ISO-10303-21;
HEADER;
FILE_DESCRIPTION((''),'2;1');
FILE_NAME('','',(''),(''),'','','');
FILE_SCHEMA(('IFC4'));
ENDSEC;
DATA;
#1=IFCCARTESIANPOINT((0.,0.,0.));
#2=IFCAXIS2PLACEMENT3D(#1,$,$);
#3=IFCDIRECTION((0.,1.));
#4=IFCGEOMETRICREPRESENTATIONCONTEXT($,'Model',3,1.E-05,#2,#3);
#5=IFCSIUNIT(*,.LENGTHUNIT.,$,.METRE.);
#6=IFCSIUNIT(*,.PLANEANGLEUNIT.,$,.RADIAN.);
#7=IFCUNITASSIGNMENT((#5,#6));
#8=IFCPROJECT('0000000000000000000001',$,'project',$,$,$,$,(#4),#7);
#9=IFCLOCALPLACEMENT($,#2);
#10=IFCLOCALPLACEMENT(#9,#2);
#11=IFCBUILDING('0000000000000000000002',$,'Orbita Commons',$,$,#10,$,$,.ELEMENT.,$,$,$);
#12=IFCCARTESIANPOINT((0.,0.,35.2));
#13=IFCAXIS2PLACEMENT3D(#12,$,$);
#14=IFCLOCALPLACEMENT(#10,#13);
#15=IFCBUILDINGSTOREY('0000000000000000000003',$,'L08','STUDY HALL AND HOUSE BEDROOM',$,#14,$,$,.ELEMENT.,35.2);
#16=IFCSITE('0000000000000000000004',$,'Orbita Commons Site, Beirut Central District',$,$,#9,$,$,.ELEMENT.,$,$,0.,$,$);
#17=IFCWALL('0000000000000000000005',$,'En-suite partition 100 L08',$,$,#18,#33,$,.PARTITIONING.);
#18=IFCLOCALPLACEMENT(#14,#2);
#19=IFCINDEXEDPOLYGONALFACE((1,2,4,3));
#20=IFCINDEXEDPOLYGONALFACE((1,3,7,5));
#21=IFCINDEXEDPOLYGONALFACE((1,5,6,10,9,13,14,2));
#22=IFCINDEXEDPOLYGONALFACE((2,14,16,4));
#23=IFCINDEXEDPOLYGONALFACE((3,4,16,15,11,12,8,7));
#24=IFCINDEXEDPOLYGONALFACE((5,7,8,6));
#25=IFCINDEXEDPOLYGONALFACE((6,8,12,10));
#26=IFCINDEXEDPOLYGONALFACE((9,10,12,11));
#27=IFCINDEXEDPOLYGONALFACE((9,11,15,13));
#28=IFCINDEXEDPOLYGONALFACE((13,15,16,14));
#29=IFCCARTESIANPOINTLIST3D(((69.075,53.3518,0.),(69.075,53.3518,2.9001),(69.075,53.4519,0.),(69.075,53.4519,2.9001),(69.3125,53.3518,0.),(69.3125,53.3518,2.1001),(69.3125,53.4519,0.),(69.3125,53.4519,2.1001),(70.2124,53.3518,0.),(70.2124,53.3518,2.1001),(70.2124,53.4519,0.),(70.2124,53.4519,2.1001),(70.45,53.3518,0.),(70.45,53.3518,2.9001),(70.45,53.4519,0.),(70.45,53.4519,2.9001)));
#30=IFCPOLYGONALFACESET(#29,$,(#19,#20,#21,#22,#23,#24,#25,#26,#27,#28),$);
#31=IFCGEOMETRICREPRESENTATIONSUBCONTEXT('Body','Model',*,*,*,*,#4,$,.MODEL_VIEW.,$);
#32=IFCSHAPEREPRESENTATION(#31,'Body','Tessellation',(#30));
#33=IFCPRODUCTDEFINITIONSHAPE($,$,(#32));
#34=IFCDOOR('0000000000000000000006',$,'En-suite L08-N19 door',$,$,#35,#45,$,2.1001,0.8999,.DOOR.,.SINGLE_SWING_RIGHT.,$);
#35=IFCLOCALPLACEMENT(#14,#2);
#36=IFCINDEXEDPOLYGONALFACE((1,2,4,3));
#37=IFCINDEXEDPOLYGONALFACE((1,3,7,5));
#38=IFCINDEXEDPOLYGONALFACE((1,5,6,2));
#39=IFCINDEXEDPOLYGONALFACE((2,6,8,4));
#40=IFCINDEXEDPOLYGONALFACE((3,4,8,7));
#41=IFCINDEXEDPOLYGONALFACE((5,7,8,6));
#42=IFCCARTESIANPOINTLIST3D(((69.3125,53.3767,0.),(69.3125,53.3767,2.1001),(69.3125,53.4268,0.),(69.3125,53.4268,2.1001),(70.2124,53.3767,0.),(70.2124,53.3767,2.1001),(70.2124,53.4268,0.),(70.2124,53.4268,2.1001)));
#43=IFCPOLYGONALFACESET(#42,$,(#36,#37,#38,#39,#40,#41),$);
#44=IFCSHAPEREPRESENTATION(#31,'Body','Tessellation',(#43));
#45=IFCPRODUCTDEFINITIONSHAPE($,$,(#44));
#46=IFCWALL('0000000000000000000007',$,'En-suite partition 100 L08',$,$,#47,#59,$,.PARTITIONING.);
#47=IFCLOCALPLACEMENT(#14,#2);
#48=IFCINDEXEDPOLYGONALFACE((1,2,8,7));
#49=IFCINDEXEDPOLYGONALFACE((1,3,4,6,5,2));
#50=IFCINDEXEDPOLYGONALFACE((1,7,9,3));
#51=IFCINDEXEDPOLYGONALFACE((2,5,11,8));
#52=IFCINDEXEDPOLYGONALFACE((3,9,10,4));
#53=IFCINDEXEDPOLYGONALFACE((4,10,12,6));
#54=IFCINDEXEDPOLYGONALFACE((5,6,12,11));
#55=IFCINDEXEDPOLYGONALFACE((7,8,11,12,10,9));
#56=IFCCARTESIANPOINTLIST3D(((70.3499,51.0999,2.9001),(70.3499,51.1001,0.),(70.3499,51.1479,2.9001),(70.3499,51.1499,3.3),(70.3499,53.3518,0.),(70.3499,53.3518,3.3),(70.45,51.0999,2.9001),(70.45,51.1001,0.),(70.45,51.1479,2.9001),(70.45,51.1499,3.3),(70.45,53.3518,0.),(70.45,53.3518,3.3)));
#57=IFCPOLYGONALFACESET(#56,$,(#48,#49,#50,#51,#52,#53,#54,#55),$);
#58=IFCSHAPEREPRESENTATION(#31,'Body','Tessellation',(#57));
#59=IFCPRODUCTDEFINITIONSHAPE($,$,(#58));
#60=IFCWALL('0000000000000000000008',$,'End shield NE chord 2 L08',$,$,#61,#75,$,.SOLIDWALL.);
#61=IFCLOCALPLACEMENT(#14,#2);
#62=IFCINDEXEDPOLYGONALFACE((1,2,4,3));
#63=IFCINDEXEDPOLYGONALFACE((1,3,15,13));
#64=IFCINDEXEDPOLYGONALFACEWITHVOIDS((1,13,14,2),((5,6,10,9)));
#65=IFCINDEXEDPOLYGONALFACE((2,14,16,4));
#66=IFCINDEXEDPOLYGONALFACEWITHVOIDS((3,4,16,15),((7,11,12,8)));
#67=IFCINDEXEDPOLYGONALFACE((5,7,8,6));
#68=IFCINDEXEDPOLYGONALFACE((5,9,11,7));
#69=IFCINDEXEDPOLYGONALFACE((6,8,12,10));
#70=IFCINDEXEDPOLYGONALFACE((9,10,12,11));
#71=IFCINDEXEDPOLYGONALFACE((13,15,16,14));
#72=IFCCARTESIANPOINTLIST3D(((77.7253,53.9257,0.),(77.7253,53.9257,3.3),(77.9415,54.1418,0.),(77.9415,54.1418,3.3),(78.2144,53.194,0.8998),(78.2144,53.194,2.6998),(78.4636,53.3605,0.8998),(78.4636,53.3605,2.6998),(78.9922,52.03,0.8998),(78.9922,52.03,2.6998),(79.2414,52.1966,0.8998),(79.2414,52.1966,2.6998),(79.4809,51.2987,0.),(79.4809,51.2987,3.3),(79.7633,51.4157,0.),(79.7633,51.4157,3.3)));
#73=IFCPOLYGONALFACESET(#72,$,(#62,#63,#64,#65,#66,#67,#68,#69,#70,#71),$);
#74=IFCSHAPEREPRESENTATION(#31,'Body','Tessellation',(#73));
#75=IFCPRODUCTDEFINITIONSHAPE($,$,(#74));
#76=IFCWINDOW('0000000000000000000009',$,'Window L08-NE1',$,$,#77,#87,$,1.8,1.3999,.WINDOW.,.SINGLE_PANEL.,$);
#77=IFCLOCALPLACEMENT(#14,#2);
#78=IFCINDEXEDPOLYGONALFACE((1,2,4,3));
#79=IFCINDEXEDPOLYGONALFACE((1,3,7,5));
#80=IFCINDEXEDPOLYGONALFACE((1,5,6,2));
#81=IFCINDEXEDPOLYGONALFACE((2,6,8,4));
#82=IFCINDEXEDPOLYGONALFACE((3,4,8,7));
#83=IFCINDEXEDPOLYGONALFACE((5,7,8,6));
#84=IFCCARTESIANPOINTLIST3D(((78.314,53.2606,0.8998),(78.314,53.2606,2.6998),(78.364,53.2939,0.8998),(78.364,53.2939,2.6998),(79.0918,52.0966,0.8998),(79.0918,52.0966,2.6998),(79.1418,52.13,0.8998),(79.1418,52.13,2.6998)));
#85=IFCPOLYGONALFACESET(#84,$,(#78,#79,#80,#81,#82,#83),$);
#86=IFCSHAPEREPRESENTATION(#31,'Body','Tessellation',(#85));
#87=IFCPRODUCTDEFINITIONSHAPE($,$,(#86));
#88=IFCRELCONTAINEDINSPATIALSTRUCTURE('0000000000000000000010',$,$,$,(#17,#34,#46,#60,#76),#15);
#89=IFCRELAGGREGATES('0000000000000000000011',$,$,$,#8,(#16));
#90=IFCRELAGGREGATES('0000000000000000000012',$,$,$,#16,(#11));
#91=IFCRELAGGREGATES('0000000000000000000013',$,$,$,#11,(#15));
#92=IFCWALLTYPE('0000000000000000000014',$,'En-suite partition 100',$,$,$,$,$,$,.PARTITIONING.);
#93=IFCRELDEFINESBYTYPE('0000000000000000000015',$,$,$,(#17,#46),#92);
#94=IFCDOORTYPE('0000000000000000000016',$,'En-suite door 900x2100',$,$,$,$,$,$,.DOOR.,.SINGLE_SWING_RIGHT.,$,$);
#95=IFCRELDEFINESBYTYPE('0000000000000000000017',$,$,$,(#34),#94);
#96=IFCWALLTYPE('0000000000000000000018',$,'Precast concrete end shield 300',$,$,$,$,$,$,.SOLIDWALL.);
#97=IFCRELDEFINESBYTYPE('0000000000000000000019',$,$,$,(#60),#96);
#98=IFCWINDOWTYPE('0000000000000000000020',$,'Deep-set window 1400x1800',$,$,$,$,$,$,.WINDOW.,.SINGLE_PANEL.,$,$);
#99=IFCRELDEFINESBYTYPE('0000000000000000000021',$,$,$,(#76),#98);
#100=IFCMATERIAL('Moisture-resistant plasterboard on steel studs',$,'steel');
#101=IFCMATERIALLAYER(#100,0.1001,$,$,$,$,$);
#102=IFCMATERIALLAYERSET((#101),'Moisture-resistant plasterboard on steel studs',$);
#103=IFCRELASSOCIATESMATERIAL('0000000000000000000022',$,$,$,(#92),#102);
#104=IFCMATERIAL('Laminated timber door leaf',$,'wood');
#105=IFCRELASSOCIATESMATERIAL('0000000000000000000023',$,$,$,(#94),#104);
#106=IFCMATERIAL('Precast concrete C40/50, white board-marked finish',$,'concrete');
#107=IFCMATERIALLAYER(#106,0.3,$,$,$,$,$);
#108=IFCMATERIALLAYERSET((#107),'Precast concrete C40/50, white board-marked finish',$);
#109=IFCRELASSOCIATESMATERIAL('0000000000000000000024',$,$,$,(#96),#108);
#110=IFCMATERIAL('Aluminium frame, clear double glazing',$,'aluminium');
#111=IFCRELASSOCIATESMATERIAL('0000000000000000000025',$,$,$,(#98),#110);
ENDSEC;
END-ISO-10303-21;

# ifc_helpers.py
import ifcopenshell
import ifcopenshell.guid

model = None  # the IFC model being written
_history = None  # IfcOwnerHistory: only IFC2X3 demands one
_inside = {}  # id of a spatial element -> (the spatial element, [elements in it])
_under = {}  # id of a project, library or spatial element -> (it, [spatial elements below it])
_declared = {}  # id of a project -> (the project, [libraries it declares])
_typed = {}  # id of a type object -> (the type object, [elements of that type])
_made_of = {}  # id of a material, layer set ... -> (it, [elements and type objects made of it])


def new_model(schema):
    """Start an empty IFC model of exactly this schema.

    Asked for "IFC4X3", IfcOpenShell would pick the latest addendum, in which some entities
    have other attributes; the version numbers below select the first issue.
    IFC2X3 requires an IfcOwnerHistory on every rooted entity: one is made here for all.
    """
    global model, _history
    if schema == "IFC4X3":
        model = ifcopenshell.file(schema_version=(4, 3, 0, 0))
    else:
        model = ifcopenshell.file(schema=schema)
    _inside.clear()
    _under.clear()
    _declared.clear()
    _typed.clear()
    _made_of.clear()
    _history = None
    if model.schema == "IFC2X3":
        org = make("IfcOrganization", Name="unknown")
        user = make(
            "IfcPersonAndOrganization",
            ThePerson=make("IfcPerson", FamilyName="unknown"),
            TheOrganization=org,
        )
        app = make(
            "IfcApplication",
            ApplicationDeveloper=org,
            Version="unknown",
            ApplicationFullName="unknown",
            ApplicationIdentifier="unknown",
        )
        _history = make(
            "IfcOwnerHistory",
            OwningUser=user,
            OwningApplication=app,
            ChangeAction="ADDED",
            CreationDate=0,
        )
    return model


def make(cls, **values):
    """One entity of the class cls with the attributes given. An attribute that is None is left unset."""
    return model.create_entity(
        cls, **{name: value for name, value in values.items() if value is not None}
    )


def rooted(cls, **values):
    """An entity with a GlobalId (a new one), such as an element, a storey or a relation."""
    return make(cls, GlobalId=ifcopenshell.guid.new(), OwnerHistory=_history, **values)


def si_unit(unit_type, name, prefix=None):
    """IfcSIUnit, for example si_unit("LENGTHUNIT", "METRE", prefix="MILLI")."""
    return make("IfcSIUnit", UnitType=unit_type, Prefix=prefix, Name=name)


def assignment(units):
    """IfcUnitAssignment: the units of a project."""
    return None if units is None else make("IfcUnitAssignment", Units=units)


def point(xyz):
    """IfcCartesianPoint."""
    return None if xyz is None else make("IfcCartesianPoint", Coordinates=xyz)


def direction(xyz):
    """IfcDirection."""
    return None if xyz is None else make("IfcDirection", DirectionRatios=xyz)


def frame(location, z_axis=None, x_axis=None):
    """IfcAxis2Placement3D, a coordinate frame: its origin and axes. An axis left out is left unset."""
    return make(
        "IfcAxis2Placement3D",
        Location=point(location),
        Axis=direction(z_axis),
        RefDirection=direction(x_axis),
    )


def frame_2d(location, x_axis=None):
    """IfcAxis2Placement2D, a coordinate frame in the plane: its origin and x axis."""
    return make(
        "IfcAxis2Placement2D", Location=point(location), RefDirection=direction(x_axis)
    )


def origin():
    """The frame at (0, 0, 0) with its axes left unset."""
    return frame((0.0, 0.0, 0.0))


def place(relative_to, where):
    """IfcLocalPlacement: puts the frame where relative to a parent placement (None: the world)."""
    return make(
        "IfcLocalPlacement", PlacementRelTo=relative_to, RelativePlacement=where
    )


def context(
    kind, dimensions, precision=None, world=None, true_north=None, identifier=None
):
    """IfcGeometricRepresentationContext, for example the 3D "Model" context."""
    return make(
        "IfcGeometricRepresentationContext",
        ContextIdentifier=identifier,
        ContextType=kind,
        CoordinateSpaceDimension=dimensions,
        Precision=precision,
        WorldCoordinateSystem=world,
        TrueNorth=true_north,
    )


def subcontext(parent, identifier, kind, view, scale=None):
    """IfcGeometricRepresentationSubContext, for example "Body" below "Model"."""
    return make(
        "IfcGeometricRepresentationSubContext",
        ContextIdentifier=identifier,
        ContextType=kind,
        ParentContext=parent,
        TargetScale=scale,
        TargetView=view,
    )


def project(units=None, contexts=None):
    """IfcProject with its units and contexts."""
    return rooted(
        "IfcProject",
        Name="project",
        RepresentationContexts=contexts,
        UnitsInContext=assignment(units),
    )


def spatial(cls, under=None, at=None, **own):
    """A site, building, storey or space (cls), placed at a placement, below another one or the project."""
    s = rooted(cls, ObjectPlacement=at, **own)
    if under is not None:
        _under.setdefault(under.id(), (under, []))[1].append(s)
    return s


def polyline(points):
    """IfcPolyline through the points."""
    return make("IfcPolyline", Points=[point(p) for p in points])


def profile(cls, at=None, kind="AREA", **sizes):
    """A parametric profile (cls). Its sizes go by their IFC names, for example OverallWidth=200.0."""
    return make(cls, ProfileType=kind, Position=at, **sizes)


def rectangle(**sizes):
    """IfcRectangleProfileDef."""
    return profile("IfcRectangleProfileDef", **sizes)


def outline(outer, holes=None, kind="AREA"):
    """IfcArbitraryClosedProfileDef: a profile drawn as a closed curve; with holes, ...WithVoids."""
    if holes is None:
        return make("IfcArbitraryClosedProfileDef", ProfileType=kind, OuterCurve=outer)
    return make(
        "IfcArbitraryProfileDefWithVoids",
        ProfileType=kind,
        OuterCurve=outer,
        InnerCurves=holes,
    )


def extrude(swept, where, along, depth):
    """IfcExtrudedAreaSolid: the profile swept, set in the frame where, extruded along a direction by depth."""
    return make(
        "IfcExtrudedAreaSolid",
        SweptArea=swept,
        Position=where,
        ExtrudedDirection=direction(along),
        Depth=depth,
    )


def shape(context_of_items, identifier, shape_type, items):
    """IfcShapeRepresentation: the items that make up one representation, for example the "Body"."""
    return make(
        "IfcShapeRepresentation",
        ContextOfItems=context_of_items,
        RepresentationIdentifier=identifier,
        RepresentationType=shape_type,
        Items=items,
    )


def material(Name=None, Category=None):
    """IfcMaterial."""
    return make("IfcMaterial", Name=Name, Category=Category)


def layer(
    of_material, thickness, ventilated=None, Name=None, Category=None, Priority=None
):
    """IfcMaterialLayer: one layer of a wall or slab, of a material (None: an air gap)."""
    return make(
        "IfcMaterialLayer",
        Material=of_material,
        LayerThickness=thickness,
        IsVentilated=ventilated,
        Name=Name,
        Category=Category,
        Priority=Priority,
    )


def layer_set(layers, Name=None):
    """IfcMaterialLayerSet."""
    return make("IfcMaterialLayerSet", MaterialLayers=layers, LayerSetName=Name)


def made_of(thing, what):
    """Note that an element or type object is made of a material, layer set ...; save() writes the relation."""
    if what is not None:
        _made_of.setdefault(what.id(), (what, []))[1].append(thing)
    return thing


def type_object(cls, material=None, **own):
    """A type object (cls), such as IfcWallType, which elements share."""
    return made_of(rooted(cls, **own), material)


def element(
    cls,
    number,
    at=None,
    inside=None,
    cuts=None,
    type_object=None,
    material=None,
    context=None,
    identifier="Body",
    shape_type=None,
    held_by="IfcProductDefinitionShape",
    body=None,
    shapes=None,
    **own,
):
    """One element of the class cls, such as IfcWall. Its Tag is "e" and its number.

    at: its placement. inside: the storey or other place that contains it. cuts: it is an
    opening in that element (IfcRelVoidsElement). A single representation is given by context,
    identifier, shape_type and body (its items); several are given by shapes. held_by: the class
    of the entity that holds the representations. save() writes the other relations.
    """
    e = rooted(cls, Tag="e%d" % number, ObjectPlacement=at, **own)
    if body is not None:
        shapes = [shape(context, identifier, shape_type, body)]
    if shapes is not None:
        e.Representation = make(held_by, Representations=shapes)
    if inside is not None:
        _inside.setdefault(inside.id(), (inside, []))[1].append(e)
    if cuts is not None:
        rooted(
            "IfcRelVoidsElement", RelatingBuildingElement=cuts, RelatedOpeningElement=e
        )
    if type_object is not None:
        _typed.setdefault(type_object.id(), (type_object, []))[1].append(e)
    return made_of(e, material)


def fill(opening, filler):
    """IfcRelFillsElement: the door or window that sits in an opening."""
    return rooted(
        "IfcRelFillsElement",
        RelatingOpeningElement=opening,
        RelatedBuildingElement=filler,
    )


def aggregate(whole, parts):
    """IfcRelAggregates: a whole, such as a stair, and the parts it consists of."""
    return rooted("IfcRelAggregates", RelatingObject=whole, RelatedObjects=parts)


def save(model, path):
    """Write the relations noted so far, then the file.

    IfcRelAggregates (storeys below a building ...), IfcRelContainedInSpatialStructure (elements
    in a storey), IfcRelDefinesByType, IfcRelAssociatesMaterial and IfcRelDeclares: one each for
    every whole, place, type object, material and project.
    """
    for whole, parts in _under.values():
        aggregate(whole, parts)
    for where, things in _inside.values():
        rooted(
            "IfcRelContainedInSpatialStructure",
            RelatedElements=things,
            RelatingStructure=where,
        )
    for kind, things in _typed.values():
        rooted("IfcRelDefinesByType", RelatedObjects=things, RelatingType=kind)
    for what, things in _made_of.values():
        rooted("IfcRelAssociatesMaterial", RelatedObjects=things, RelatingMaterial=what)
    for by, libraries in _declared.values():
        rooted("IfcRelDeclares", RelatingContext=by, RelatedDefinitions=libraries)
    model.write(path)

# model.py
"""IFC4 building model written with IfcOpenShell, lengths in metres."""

from ifc_helpers import new_model, si_unit, direction, frame, frame_2d, origin, place, context, subcontext, project, spatial, polyline, rectangle, outline, extrude, material, layer, layer_set, type_object, element, fill, save


model = new_model("IFC4")

# Units and contexts
model_context = context("Model", 3, precision=1e-05, world=origin(), true_north=direction((0.0, 1.0)))
body_context = subcontext(model_context, "Body", "Model", "MODEL_VIEW")
ifc_project = project(units=[si_unit("LENGTHUNIT", "METRE"), si_unit("PLANEANGLEUNIT", "RADIAN")], contexts=[model_context])

# Site, building, storey
site_placement = place(None, origin())
site = spatial("IfcSite", under=ifc_project, at=site_placement, Name="Orbita Commons Site, Beirut Central District", CompositionType="ELEMENT", RefElevation=0.0)
building_placement = place(site_placement, origin())
building = spatial("IfcBuilding", under=site, at=building_placement, Name="Orbita Commons", CompositionType="ELEMENT")
storey_placement = place(building_placement, frame((0.0, 0.0, 35.2)))
storey = spatial("IfcBuildingStorey", under=building, at=storey_placement, Name="L08", Description="STUDY HALL AND HOUSE BEDROOM", CompositionType="ELEMENT", Elevation=35.2)

# Shared definitions
ifc_material_1 = material(Name="Moisture-resistant plasterboard on steel studs", Category="steel")
ifc_layer_1 = layer(ifc_material_1, 0.1001)
ifc_layer_set_1 = layer_set([ifc_layer_1], Name="Moisture-resistant plasterboard on steel studs")
wall_type_1 = type_object("IfcWallType", Name="En-suite partition 100", PredefinedType="PARTITIONING", material=ifc_layer_set_1)
ifc_material_2 = material(Name="Laminated timber door leaf", Category="wood")
door_type_1 = type_object("IfcDoorType", Name="En-suite door 900x2100", OperationType="SINGLE_SWING_RIGHT", PredefinedType="DOOR", material=ifc_material_2)

# Wall, opening, door
wall_1_placement = place(storey_placement, frame((69.075, 53.4019, 0.0), z_axis=(0.0, 0.0, 1.0), x_axis=(1.0, 0.0, 0.0)))
wall_1 = element("IfcWall", 1, at=wall_1_placement, inside=storey, type_object=wall_type_1, Name="En-suite partition 100 L08", PredefinedType="PARTITIONING", context=body_context, shape_type="SweptSolid", body=[
    extrude(outline(polyline([(0.0, 0.0), (1.375, 0.0), (1.375, 2.9001), (0.0, 2.9001), (0.0, 0.0)])), frame((0.0, 0.05, 0.0), z_axis=(0.0, -1.0, 0.0), x_axis=(1.0, 0.0, 0.0)), (0.0, 0.0, 1.0), 0.1001),
])
opening_1_placement = place(wall_1_placement, frame((0.2375, 0.0, 0.0)))
opening_1 = element("IfcOpeningElement", 2, at=opening_1_placement, cuts=wall_1, PredefinedType="OPENING", context=body_context, shape_type="SweptSolid", body=[
    extrude(rectangle(XDim=0.8999, YDim=2.1001, at=frame_2d((0.45, 1.05))), frame((0.0, 0.0601, 0.0), z_axis=(0.0, -1.0, 0.0), x_axis=(1.0, 0.0, 0.0)), (0.0, 0.0, 1.0), 0.1201),
])
door_1_placement = place(opening_1_placement, origin())
door_1 = element("IfcDoor", 3, at=door_1_placement, inside=storey, type_object=door_type_1, Name="En-suite L08-N19 door", OperationType="SINGLE_SWING_RIGHT", OverallHeight=2.1001, OverallWidth=0.8999, PredefinedType="DOOR", context=body_context, shape_type="SweptSolid", body=[
    extrude(rectangle(XDim=0.8999, YDim=2.1001, at=frame_2d((0.45, 1.05))), frame((0.0, 0.0249, 0.0), z_axis=(0.0, -1.0, 0.0), x_axis=(1.0, 0.0, 0.0)), (0.0, 0.0, 1.0), 0.05),
])
fill(opening_1, door_1)

# Wall
wall_2_placement = place(storey_placement, frame((70.3999, 53.3518, 0.0), z_axis=(0.0, 0.0, 1.0), x_axis=(0.0, -1.0, 0.0)))
element("IfcWall", 4, at=wall_2_placement, inside=storey, type_object=wall_type_1, Name="En-suite partition 100 L08", PredefinedType="PARTITIONING", context=body_context, shape_type="SweptSolid", body=[
    extrude(outline(polyline([(0.0, 0.0), (2.2517, 0.0), (2.252, 2.9001), (2.2039, 2.9001), (2.2019, 3.3), (0.0, 3.3), (0.0, 0.0)])), frame((0.0, 0.05, 0.0), z_axis=(0.0, -1.0, 0.0), x_axis=(1.0, 0.0, 0.0)), (0.0, 0.0, 1.0), 0.1001),
])

# Wall, opening, window
ifc_material_3 = material(Name="Precast concrete C40/50, white board-marked finish", Category="concrete")
ifc_layer_2 = layer(ifc_material_3, 0.3)
ifc_layer_set_2 = layer_set([ifc_layer_2], Name="Precast concrete C40/50, white board-marked finish")
wall_type_2 = type_object("IfcWallType", Name="Precast concrete end shield 300", PredefinedType="SOLIDWALL", material=ifc_layer_set_2)
wall_3_placement = place(storey_placement, frame((79.6221, 51.3572, 0.0), z_axis=(0.0, 0.0, 1.0), x_axis=(-0.55561, 0.831443, 0.0)))
wall_3 = element("IfcWall", 5, at=wall_3_placement, inside=storey, type_object=wall_type_2, Name="End shield NE chord 2 L08", PredefinedType="SOLIDWALL", context=body_context, shape_type="SweptSolid", body=[
    extrude(outline(polyline([(-0.0298, -0.1499), (3.249, -0.1499), (3.1895, 0.1499), (0.0298, 0.1499), (-0.0298, -0.1499)])), origin(), (0.0, 0.0, 1.0), 3.3),
])
opening_2_placement = place(wall_3_placement, frame((0.9094, 0.0, 0.8999)))
opening_2 = element("IfcOpeningElement", 6, at=opening_2_placement, cuts=wall_3, PredefinedType="OPENING", context=body_context, shape_type="SweptSolid", body=[
    extrude(rectangle(XDim=1.3999, YDim=1.8, at=frame_2d((0.7, 0.8999))), frame((0.0, 0.1599, 0.0), z_axis=(0.0, -1.0, 0.0), x_axis=(1.0, 0.0, 0.0)), (0.0, 0.0, 1.0), 0.3201),
])
ifc_material_4 = material(Name="Aluminium frame, clear double glazing", Category="aluminium")
window_type = type_object("IfcWindowType", Name="Deep-set window 1400x1800", PartitioningType="SINGLE_PANEL", PredefinedType="WINDOW", material=ifc_material_4)
window_placement = place(opening_2_placement, origin())
window = element("IfcWindow", 7, at=window_placement, inside=storey, type_object=window_type, Name="Window L08-NE1", OverallHeight=1.8, OverallWidth=1.3999, PartitioningType="SINGLE_PANEL", PredefinedType="WINDOW", context=body_context, shape_type="SweptSolid", body=[
    extrude(rectangle(XDim=1.3999, YDim=1.8, at=frame_2d((0.7, 0.8999))), frame((0.0, 0.03, 0.0), z_axis=(0.0, -1.0, 0.0), x_axis=(1.0, 0.0, 0.0)), (0.0, 0.0, 1.0), 0.0601),
])
fill(opening_2, window)

save(model, "model.ifc")
